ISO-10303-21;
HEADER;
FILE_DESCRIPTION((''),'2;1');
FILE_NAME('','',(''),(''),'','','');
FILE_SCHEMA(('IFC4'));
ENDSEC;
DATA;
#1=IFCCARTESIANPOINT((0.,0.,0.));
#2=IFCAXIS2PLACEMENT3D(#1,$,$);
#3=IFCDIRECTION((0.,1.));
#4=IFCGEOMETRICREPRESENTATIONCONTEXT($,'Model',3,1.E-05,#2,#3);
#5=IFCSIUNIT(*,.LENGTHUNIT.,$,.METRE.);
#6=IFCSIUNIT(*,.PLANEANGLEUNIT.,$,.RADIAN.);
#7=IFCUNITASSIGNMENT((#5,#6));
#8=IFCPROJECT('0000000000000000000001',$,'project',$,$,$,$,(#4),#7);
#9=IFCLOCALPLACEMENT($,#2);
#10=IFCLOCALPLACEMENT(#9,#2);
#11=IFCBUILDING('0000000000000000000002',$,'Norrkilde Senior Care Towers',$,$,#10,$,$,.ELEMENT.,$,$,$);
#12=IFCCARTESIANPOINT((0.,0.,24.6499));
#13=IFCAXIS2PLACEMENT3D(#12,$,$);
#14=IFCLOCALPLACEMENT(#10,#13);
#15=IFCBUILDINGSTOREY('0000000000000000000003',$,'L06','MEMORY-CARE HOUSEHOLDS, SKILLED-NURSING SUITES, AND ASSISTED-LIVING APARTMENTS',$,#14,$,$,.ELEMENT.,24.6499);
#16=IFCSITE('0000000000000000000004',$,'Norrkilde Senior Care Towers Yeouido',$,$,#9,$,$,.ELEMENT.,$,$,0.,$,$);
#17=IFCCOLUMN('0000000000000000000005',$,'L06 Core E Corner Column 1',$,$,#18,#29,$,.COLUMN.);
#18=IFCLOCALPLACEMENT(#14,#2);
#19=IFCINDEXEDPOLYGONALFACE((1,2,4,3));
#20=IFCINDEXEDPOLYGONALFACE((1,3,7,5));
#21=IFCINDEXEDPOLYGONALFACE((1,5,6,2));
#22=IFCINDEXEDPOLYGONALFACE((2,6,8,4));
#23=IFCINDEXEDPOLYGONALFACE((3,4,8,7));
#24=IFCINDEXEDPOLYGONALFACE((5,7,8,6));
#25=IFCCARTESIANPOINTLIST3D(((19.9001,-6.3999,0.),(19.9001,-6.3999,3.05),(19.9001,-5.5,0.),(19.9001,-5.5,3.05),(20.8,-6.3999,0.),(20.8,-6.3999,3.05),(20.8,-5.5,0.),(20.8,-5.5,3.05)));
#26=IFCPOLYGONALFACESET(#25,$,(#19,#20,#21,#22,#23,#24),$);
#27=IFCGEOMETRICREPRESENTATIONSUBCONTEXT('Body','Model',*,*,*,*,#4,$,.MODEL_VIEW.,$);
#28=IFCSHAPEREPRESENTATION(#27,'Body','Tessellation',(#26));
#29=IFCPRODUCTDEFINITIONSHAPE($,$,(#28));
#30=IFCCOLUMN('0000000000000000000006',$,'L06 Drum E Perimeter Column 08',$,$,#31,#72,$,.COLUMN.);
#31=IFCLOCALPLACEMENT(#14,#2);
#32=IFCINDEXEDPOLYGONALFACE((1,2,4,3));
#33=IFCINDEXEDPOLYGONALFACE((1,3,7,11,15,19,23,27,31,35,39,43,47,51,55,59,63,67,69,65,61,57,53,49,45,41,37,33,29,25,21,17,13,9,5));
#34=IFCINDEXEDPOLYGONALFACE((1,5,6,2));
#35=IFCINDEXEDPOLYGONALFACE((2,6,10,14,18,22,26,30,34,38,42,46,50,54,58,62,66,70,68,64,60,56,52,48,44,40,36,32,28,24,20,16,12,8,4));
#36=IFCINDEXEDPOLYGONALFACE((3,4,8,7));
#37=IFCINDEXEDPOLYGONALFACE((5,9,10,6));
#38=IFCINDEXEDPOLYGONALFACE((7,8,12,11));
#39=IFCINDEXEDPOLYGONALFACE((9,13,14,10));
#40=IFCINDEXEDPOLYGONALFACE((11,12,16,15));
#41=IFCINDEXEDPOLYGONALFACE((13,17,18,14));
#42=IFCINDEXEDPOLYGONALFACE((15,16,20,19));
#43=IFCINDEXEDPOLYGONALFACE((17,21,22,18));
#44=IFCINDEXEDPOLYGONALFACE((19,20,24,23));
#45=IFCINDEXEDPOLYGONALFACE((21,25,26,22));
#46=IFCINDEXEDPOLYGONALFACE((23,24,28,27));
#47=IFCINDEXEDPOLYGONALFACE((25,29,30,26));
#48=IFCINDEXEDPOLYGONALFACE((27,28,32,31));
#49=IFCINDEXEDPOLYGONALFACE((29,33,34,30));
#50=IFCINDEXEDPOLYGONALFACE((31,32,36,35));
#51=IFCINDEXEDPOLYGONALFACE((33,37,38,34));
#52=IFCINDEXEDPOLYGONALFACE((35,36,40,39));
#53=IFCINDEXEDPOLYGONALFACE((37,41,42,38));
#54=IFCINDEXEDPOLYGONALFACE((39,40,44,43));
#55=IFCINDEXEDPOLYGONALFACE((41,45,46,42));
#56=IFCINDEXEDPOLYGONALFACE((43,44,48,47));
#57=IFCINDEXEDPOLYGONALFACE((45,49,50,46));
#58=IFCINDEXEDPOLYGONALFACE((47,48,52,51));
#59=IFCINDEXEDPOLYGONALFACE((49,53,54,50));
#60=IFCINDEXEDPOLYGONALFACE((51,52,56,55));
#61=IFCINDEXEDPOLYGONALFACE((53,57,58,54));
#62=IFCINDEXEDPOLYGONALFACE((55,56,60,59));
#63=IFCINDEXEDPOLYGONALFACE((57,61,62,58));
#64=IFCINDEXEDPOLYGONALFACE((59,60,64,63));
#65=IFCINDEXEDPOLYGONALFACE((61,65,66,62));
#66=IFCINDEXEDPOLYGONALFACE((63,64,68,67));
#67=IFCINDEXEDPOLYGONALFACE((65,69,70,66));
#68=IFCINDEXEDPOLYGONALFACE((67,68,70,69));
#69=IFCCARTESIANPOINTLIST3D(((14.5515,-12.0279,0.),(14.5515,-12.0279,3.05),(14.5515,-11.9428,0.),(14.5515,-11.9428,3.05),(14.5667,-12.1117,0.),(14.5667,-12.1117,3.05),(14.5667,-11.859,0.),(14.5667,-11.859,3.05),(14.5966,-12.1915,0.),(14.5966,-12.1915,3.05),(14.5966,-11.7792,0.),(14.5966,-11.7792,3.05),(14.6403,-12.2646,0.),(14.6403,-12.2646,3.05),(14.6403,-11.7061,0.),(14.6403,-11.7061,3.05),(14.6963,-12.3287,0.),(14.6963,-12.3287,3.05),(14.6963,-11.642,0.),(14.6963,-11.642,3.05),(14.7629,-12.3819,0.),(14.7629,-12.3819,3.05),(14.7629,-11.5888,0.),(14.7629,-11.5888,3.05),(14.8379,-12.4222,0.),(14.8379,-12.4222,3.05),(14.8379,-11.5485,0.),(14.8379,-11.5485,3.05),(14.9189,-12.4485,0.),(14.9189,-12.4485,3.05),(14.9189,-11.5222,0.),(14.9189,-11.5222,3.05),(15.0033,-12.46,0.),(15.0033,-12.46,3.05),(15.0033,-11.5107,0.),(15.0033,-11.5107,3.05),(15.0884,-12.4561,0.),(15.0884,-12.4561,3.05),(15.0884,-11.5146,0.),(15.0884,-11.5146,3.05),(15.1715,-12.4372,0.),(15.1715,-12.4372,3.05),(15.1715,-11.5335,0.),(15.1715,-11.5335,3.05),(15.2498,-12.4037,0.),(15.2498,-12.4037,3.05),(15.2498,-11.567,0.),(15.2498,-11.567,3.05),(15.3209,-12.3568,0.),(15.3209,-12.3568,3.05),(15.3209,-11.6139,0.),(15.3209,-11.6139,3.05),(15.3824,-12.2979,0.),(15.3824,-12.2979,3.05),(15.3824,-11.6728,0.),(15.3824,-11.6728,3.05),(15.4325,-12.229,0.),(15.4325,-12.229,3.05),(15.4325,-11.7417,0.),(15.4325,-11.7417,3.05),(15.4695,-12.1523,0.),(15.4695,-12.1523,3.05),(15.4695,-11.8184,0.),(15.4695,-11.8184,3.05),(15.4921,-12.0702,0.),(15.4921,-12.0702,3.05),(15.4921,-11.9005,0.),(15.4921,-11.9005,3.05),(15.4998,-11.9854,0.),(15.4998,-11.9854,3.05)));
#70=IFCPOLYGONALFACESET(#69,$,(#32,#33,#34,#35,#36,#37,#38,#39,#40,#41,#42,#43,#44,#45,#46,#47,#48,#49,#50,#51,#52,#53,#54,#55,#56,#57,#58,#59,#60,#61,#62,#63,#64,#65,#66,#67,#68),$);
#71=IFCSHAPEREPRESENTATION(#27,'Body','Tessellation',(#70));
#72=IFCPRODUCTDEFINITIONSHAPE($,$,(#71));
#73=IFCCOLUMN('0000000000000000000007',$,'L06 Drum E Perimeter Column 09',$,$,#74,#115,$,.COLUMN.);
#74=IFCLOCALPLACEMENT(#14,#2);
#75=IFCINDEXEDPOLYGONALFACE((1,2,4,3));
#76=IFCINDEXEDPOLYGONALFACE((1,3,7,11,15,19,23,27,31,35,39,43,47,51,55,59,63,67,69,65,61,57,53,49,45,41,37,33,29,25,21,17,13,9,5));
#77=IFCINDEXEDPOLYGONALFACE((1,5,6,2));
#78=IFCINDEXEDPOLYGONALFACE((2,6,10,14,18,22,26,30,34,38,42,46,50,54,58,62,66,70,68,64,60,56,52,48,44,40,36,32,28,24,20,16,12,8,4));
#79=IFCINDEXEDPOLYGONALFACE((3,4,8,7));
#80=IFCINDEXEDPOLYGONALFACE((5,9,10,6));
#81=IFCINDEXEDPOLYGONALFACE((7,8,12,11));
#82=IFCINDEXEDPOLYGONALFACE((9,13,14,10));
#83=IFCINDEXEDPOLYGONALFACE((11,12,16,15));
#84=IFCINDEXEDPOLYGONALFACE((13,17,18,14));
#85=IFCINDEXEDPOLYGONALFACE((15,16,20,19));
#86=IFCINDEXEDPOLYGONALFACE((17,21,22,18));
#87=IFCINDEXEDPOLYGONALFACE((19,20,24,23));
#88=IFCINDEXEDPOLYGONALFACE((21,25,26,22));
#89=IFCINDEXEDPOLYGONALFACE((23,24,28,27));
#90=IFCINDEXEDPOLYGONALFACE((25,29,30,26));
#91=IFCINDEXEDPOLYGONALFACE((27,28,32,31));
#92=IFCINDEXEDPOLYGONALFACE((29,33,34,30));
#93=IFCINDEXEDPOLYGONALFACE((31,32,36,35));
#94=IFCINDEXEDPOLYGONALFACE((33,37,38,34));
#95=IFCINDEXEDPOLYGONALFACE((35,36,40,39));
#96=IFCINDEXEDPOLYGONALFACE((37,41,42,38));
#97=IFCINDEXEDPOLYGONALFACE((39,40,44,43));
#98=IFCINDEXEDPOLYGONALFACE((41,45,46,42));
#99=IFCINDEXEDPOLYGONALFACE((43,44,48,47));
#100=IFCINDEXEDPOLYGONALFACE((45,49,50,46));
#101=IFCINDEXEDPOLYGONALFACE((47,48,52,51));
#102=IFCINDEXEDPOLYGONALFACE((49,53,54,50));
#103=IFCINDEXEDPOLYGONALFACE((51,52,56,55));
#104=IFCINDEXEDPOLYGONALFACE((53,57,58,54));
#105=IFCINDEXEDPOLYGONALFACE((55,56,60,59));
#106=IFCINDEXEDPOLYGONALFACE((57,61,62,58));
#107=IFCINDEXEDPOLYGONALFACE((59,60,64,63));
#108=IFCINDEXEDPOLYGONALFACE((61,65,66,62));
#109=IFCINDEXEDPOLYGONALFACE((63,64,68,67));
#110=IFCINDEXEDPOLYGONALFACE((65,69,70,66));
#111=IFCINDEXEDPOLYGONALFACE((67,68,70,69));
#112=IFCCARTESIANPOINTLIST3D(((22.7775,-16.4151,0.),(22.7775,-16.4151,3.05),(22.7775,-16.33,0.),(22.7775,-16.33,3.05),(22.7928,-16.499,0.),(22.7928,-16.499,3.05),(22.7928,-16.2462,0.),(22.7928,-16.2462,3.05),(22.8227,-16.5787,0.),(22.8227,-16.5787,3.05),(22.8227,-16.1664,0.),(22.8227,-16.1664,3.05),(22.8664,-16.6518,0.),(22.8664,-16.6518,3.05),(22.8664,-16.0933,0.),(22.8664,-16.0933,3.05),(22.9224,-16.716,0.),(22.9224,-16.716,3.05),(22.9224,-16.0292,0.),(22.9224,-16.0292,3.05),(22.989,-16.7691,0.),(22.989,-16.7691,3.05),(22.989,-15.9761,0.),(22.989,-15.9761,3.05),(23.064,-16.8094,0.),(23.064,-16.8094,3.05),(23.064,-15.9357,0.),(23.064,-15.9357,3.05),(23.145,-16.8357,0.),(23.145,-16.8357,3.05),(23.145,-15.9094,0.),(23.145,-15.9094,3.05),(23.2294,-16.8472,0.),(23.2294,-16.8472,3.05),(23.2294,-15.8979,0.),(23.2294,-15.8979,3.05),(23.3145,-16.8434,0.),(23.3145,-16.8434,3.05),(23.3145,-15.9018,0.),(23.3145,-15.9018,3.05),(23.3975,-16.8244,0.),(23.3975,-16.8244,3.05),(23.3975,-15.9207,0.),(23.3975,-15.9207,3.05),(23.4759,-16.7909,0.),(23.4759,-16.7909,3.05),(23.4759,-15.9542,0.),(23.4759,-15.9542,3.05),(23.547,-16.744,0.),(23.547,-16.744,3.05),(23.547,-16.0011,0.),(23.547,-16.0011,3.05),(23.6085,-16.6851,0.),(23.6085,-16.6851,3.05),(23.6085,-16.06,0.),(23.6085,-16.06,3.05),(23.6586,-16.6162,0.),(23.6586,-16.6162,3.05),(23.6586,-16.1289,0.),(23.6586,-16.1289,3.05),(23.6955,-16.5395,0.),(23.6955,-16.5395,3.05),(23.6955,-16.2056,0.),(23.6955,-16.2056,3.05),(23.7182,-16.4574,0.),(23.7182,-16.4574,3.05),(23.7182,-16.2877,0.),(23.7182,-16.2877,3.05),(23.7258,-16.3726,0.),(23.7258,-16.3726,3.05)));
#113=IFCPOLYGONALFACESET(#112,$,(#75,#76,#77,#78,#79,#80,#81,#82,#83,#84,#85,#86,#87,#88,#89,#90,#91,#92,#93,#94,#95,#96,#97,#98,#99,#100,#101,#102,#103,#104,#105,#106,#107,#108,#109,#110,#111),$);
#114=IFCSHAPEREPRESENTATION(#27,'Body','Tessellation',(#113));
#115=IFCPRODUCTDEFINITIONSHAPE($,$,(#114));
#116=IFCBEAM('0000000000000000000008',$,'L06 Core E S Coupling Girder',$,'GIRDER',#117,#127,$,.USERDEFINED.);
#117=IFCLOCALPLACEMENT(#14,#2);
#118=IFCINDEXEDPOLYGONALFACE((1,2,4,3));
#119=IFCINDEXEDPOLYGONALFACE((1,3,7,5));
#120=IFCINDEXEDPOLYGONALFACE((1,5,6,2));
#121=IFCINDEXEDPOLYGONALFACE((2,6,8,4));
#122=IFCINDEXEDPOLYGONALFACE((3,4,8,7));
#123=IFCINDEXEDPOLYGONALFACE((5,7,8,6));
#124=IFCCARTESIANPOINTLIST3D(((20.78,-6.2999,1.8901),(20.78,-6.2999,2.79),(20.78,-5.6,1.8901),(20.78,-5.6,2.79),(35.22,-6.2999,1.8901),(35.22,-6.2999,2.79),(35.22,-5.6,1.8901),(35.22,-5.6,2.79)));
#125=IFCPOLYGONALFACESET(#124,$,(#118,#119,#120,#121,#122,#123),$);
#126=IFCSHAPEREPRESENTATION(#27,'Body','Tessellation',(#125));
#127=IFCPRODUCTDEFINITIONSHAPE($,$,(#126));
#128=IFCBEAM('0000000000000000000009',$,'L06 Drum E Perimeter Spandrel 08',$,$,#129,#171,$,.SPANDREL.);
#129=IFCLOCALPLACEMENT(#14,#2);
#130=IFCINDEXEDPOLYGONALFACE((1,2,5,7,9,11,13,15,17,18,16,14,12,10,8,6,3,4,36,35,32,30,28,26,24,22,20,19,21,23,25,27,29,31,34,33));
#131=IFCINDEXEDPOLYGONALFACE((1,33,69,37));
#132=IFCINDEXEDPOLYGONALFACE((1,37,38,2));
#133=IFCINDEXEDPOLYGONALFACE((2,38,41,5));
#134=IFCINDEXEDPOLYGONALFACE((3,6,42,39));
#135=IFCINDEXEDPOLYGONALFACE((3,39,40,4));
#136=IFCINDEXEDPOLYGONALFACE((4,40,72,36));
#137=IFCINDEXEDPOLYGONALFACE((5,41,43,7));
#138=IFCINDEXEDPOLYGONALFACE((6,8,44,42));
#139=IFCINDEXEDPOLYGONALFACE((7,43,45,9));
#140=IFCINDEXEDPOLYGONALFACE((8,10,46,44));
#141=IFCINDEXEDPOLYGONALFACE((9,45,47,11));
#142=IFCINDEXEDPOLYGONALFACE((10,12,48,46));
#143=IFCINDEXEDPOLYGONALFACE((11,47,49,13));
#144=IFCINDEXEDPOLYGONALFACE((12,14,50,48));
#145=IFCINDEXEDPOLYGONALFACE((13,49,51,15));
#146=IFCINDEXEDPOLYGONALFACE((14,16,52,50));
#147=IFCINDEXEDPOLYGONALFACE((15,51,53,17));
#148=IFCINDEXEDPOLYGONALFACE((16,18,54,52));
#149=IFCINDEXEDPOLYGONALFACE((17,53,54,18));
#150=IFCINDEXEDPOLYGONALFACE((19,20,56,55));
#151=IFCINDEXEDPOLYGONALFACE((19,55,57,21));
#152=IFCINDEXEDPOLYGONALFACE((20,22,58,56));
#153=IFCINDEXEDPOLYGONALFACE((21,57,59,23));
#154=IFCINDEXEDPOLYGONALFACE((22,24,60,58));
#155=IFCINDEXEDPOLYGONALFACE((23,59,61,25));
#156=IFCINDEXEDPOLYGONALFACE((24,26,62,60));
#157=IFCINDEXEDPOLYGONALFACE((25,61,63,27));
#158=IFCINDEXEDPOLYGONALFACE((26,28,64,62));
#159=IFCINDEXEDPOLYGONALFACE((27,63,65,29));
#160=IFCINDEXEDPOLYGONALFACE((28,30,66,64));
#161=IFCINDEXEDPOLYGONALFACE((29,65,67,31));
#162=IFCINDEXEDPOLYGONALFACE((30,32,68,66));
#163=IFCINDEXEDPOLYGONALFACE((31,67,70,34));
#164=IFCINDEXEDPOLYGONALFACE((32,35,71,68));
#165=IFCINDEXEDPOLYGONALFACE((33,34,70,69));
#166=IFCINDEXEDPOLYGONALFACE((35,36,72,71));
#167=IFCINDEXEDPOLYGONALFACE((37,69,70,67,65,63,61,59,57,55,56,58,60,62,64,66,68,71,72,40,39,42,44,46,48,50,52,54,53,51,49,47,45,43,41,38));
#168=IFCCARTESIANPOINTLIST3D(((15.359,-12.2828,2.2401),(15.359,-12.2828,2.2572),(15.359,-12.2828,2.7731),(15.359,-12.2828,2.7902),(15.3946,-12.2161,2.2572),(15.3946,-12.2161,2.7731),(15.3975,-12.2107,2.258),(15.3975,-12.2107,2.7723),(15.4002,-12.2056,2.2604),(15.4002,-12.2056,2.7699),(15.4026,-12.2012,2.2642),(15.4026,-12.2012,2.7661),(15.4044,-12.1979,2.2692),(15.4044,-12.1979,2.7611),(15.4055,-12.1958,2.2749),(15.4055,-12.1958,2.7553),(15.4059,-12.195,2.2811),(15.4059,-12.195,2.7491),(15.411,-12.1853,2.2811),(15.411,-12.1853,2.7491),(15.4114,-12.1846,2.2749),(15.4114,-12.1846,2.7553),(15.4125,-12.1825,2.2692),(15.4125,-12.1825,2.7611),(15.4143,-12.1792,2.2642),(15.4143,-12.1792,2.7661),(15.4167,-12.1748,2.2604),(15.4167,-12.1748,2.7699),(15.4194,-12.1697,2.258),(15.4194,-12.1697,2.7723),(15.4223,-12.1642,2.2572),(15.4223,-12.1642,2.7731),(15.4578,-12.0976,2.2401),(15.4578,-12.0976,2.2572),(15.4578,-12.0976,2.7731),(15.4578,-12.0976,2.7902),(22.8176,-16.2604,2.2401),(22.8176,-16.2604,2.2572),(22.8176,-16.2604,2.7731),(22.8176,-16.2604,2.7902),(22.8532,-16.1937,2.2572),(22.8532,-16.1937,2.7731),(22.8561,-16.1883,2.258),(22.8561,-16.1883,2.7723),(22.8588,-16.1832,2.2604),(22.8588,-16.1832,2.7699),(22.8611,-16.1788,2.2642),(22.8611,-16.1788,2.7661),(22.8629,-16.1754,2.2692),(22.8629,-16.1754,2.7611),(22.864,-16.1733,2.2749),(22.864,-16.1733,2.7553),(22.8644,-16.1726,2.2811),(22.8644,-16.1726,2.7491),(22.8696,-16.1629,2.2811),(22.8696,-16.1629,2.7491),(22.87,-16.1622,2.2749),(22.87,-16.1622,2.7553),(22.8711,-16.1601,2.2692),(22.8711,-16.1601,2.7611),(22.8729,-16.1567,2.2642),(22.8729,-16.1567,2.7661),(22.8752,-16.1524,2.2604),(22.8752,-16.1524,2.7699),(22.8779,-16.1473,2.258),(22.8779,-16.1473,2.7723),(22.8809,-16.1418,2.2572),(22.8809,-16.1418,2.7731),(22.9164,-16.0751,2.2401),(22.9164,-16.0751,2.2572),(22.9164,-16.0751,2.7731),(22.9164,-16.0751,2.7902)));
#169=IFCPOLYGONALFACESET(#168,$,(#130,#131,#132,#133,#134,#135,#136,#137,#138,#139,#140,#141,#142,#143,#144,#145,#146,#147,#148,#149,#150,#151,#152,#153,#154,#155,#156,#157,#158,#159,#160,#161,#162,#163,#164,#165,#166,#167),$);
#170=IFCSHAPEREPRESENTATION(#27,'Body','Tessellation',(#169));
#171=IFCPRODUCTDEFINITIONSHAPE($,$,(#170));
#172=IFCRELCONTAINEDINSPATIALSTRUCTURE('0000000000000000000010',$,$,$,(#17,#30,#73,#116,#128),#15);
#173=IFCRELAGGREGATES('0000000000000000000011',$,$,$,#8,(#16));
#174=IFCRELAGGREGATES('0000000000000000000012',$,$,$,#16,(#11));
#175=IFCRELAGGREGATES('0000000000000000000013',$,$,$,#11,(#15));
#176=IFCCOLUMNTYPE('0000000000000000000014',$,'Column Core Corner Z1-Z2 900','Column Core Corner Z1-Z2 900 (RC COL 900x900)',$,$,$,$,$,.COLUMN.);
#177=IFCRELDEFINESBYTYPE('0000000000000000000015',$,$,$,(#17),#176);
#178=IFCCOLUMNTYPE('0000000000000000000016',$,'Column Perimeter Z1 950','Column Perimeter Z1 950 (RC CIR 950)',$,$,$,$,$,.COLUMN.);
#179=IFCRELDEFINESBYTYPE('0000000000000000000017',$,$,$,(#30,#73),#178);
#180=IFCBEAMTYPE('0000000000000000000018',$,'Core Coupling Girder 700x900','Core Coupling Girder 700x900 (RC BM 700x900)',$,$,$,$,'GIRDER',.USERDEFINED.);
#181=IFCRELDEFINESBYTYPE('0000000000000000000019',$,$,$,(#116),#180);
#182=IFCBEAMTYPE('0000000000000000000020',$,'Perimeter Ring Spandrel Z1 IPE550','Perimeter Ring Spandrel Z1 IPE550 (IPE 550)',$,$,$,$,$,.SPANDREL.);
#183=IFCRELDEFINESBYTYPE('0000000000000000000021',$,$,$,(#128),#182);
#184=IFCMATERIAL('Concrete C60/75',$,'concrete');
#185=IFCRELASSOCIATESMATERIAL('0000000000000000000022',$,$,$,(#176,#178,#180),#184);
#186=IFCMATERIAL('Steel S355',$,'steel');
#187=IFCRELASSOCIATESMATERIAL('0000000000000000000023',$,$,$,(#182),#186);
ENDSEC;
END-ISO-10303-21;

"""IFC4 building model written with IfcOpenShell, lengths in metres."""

from ifc_helpers import new_model, si_unit, direction, frame, origin, origin_2d, place, context, subcontext, project, spatial, rectangle, circle, i_section, extrude, source, transform, mapped, material, material_profile, profile_set, type_object, type_shapes, element, save


model = new_model("IFC4")

# Units and contexts
model_context = context("Model", 3, precision=1e-05, world=origin(), true_north=direction((0.0, 1.0)))
body_context = subcontext(model_context, "Body", "Model", "MODEL_VIEW")
ifc_project = project(units=[si_unit("LENGTHUNIT", "METRE"), si_unit("PLANEANGLEUNIT", "RADIAN")], contexts=[model_context])

# Site, building, storey
site_placement = place(None, origin())
site = spatial("IfcSite", under=ifc_project, at=site_placement, Name="Norrkilde Senior Care Towers Yeouido", CompositionType="ELEMENT", RefElevation=0.0)
building_placement = place(site_placement, origin())
building = spatial("IfcBuilding", under=site, at=building_placement, Name="Norrkilde Senior Care Towers", CompositionType="ELEMENT")
storey_placement = place(building_placement, frame((0.0, 0.0, 24.6499)))
storey = spatial("IfcBuildingStorey", under=building, at=storey_placement, Name="L06", Description="MEMORY-CARE HOUSEHOLDS, SKILLED-NURSING SUITES, AND ASSISTED-LIVING APARTMENTS", CompositionType="ELEMENT", Elevation=24.6499)

# Columns
ifc_material_1 = material(Name="Concrete C60/75", Category="concrete")
ifc_material_profile_1 = material_profile(ifc_material_1, rectangle(XDim=0.8999, YDim=0.8999, at=origin_2d()), Name="RC COL 900x900")
ifc_profile_set_1 = profile_set([ifc_material_profile_1], Name="Concrete C60/75")
column_type_1 = type_object("IfcColumnType", Name="Column Core Corner Z1-Z2 900", Description="Column Core Corner Z1-Z2 900 (RC COL 900x900)", PredefinedType="COLUMN", material=ifc_profile_set_1)
shared_shape_1 = source(origin(), body_context, "Body", "SweptSolid", [
    extrude(rectangle(XDim=0.8999, YDim=0.8999, at=origin_2d()), origin(), (0.0, 0.0, 1.0), 3.05),
])
type_shapes(column_type_1, [shared_shape_1])
column_placement = place(storey_placement, frame((20.3501, -5.95, 0.0), z_axis=(0.0, 0.0, 1.0), x_axis=(1.0, 0.0, 0.0)))
element("IfcColumn", 1, at=column_placement, inside=storey, type_object=column_type_1, Name="L06 Core E Corner Column 1", PredefinedType="COLUMN", context=body_context, shape_type="MappedRepresentation", body=[
    mapped(shared_shape_1, transform((0.0, 0.0, 0.0), x_axis=(1.0, 0.0, 0.0), y_axis=(0.0, 1.0, 0.0), z_axis=(0.0, 0.0, 1.0), scale=1.0)),
])
ifc_material_profile_2 = material_profile(ifc_material_1, circle(Radius=0.4751, at=origin_2d()), Name="RC CIR 950")
ifc_profile_set_2 = profile_set([ifc_material_profile_2], Name="Concrete C60/75")
column_type_2 = type_object("IfcColumnType", Name="Column Perimeter Z1 950", Description="Column Perimeter Z1 950 (RC CIR 950)", PredefinedType="COLUMN", material=ifc_profile_set_2)
shared_shape_2 = source(origin(), body_context, "Body", "SweptSolid", [
    extrude(circle(Radius=0.4751, at=origin_2d()), origin(), (0.0, 0.0, 1.0), 3.05),
])
type_shapes(column_type_2, [shared_shape_2])
for number, where, z_axis, x_axis, name in (
    (2, (15.0247, -11.9854, 0.0), (0.0, 0.0, 1.0), (1.0, 0.0, 0.0), "L06 Drum E Perimeter Column 08"),
    (3, (23.2507, -16.3726, 0.0), (0.0, 0.0, 1.0), (1.0, 0.0, 0.0), "L06 Drum E Perimeter Column 09"),
):
    element("IfcColumn", number, at=place(storey_placement, frame(where, z_axis=z_axis, x_axis=x_axis)), inside=storey, type_object=column_type_2, Name=name, PredefinedType="COLUMN", context=body_context, shape_type="MappedRepresentation", body=[
        mapped(shared_shape_2, transform((0.0, 0.0, 0.0), x_axis=(1.0, 0.0, 0.0), y_axis=(0.0, 1.0, 0.0), z_axis=(0.0, 0.0, 1.0), scale=1.0)),
    ])

# Beams
ifc_material_profile_3 = material_profile(ifc_material_1, rectangle(XDim=0.7, YDim=0.8999, at=origin_2d()), Name="RC BM 700x900")
ifc_profile_set_3 = profile_set([ifc_material_profile_3], Name="Concrete C60/75")
beam_type_1 = type_object("IfcBeamType", Name="Core Coupling Girder 700x900", Description="Core Coupling Girder 700x900 (RC BM 700x900)", ElementType="GIRDER", PredefinedType="USERDEFINED", material=ifc_profile_set_3)
shared_shape_3 = source(origin(), body_context, "Body", "SweptSolid", [
    extrude(rectangle(XDim=0.7, YDim=0.8999, at=origin_2d()), origin(), (0.0, 0.0, 1.0), 14.4399),
])
type_shapes(beam_type_1, [shared_shape_3])
beam_1_placement = place(storey_placement, frame((20.78, -5.95, 2.3401), z_axis=(1.0, 0.0, 0.0), x_axis=(0.0, 1.0, 0.0)))
element("IfcBeam", 4, at=beam_1_placement, inside=storey, type_object=beam_type_1, Name="L06 Core E S Coupling Girder", ObjectType="GIRDER", PredefinedType="USERDEFINED", context=body_context, shape_type="MappedRepresentation", body=[
    mapped(shared_shape_3, transform((0.0, 0.0, 0.0), x_axis=(1.0, 0.0, 0.0), y_axis=(0.0, 1.0, 0.0), z_axis=(0.0, 0.0, 1.0), scale=1.0)),
])
ifc_material_2 = material(Name="Steel S355", Category="steel")
ifc_material_profile_4 = material_profile(ifc_material_2, i_section(OverallWidth=0.21, OverallDepth=0.55, WebThickness=0.011, FlangeThickness=0.0171, FilletRadius=0.0239, at=origin_2d()), Name="IPE 550")
ifc_profile_set_4 = profile_set([ifc_material_profile_4], Name="Steel S355")
beam_type_2 = type_object("IfcBeamType", Name="Perimeter Ring Spandrel Z1 IPE550", Description="Perimeter Ring Spandrel Z1 IPE550 (IPE 550)", PredefinedType="SPANDREL", material=ifc_profile_set_4)
shared_shape_4 = source(origin(), body_context, "Body", "SweptSolid", [
    extrude(i_section(OverallWidth=0.21, OverallDepth=0.55, WebThickness=0.011, FlangeThickness=0.0171, FilletRadius=0.0239, at=origin_2d()), origin(), (0.0, 0.0, 1.0), 8.4529),
])
beam_2_placement = place(storey_placement, frame((15.4084, -12.1902, 2.5151), z_axis=(0.882369, -0.470558, 0.0), x_axis=(0.470558, 0.882369, 0.0)))
element("IfcBeam", 5, at=beam_2_placement, inside=storey, type_object=beam_type_2, Name="L06 Drum E Perimeter Spandrel 08", PredefinedType="SPANDREL", context=body_context, shape_type="MappedRepresentation", body=[
    mapped(shared_shape_4, transform((0.0, 0.0, 0.0), x_axis=(1.0, 0.0, 0.0), y_axis=(0.0, 1.0, 0.0), z_axis=(0.0, 0.0, 1.0), scale=1.0)),
])

save(model, "model.ifc")
